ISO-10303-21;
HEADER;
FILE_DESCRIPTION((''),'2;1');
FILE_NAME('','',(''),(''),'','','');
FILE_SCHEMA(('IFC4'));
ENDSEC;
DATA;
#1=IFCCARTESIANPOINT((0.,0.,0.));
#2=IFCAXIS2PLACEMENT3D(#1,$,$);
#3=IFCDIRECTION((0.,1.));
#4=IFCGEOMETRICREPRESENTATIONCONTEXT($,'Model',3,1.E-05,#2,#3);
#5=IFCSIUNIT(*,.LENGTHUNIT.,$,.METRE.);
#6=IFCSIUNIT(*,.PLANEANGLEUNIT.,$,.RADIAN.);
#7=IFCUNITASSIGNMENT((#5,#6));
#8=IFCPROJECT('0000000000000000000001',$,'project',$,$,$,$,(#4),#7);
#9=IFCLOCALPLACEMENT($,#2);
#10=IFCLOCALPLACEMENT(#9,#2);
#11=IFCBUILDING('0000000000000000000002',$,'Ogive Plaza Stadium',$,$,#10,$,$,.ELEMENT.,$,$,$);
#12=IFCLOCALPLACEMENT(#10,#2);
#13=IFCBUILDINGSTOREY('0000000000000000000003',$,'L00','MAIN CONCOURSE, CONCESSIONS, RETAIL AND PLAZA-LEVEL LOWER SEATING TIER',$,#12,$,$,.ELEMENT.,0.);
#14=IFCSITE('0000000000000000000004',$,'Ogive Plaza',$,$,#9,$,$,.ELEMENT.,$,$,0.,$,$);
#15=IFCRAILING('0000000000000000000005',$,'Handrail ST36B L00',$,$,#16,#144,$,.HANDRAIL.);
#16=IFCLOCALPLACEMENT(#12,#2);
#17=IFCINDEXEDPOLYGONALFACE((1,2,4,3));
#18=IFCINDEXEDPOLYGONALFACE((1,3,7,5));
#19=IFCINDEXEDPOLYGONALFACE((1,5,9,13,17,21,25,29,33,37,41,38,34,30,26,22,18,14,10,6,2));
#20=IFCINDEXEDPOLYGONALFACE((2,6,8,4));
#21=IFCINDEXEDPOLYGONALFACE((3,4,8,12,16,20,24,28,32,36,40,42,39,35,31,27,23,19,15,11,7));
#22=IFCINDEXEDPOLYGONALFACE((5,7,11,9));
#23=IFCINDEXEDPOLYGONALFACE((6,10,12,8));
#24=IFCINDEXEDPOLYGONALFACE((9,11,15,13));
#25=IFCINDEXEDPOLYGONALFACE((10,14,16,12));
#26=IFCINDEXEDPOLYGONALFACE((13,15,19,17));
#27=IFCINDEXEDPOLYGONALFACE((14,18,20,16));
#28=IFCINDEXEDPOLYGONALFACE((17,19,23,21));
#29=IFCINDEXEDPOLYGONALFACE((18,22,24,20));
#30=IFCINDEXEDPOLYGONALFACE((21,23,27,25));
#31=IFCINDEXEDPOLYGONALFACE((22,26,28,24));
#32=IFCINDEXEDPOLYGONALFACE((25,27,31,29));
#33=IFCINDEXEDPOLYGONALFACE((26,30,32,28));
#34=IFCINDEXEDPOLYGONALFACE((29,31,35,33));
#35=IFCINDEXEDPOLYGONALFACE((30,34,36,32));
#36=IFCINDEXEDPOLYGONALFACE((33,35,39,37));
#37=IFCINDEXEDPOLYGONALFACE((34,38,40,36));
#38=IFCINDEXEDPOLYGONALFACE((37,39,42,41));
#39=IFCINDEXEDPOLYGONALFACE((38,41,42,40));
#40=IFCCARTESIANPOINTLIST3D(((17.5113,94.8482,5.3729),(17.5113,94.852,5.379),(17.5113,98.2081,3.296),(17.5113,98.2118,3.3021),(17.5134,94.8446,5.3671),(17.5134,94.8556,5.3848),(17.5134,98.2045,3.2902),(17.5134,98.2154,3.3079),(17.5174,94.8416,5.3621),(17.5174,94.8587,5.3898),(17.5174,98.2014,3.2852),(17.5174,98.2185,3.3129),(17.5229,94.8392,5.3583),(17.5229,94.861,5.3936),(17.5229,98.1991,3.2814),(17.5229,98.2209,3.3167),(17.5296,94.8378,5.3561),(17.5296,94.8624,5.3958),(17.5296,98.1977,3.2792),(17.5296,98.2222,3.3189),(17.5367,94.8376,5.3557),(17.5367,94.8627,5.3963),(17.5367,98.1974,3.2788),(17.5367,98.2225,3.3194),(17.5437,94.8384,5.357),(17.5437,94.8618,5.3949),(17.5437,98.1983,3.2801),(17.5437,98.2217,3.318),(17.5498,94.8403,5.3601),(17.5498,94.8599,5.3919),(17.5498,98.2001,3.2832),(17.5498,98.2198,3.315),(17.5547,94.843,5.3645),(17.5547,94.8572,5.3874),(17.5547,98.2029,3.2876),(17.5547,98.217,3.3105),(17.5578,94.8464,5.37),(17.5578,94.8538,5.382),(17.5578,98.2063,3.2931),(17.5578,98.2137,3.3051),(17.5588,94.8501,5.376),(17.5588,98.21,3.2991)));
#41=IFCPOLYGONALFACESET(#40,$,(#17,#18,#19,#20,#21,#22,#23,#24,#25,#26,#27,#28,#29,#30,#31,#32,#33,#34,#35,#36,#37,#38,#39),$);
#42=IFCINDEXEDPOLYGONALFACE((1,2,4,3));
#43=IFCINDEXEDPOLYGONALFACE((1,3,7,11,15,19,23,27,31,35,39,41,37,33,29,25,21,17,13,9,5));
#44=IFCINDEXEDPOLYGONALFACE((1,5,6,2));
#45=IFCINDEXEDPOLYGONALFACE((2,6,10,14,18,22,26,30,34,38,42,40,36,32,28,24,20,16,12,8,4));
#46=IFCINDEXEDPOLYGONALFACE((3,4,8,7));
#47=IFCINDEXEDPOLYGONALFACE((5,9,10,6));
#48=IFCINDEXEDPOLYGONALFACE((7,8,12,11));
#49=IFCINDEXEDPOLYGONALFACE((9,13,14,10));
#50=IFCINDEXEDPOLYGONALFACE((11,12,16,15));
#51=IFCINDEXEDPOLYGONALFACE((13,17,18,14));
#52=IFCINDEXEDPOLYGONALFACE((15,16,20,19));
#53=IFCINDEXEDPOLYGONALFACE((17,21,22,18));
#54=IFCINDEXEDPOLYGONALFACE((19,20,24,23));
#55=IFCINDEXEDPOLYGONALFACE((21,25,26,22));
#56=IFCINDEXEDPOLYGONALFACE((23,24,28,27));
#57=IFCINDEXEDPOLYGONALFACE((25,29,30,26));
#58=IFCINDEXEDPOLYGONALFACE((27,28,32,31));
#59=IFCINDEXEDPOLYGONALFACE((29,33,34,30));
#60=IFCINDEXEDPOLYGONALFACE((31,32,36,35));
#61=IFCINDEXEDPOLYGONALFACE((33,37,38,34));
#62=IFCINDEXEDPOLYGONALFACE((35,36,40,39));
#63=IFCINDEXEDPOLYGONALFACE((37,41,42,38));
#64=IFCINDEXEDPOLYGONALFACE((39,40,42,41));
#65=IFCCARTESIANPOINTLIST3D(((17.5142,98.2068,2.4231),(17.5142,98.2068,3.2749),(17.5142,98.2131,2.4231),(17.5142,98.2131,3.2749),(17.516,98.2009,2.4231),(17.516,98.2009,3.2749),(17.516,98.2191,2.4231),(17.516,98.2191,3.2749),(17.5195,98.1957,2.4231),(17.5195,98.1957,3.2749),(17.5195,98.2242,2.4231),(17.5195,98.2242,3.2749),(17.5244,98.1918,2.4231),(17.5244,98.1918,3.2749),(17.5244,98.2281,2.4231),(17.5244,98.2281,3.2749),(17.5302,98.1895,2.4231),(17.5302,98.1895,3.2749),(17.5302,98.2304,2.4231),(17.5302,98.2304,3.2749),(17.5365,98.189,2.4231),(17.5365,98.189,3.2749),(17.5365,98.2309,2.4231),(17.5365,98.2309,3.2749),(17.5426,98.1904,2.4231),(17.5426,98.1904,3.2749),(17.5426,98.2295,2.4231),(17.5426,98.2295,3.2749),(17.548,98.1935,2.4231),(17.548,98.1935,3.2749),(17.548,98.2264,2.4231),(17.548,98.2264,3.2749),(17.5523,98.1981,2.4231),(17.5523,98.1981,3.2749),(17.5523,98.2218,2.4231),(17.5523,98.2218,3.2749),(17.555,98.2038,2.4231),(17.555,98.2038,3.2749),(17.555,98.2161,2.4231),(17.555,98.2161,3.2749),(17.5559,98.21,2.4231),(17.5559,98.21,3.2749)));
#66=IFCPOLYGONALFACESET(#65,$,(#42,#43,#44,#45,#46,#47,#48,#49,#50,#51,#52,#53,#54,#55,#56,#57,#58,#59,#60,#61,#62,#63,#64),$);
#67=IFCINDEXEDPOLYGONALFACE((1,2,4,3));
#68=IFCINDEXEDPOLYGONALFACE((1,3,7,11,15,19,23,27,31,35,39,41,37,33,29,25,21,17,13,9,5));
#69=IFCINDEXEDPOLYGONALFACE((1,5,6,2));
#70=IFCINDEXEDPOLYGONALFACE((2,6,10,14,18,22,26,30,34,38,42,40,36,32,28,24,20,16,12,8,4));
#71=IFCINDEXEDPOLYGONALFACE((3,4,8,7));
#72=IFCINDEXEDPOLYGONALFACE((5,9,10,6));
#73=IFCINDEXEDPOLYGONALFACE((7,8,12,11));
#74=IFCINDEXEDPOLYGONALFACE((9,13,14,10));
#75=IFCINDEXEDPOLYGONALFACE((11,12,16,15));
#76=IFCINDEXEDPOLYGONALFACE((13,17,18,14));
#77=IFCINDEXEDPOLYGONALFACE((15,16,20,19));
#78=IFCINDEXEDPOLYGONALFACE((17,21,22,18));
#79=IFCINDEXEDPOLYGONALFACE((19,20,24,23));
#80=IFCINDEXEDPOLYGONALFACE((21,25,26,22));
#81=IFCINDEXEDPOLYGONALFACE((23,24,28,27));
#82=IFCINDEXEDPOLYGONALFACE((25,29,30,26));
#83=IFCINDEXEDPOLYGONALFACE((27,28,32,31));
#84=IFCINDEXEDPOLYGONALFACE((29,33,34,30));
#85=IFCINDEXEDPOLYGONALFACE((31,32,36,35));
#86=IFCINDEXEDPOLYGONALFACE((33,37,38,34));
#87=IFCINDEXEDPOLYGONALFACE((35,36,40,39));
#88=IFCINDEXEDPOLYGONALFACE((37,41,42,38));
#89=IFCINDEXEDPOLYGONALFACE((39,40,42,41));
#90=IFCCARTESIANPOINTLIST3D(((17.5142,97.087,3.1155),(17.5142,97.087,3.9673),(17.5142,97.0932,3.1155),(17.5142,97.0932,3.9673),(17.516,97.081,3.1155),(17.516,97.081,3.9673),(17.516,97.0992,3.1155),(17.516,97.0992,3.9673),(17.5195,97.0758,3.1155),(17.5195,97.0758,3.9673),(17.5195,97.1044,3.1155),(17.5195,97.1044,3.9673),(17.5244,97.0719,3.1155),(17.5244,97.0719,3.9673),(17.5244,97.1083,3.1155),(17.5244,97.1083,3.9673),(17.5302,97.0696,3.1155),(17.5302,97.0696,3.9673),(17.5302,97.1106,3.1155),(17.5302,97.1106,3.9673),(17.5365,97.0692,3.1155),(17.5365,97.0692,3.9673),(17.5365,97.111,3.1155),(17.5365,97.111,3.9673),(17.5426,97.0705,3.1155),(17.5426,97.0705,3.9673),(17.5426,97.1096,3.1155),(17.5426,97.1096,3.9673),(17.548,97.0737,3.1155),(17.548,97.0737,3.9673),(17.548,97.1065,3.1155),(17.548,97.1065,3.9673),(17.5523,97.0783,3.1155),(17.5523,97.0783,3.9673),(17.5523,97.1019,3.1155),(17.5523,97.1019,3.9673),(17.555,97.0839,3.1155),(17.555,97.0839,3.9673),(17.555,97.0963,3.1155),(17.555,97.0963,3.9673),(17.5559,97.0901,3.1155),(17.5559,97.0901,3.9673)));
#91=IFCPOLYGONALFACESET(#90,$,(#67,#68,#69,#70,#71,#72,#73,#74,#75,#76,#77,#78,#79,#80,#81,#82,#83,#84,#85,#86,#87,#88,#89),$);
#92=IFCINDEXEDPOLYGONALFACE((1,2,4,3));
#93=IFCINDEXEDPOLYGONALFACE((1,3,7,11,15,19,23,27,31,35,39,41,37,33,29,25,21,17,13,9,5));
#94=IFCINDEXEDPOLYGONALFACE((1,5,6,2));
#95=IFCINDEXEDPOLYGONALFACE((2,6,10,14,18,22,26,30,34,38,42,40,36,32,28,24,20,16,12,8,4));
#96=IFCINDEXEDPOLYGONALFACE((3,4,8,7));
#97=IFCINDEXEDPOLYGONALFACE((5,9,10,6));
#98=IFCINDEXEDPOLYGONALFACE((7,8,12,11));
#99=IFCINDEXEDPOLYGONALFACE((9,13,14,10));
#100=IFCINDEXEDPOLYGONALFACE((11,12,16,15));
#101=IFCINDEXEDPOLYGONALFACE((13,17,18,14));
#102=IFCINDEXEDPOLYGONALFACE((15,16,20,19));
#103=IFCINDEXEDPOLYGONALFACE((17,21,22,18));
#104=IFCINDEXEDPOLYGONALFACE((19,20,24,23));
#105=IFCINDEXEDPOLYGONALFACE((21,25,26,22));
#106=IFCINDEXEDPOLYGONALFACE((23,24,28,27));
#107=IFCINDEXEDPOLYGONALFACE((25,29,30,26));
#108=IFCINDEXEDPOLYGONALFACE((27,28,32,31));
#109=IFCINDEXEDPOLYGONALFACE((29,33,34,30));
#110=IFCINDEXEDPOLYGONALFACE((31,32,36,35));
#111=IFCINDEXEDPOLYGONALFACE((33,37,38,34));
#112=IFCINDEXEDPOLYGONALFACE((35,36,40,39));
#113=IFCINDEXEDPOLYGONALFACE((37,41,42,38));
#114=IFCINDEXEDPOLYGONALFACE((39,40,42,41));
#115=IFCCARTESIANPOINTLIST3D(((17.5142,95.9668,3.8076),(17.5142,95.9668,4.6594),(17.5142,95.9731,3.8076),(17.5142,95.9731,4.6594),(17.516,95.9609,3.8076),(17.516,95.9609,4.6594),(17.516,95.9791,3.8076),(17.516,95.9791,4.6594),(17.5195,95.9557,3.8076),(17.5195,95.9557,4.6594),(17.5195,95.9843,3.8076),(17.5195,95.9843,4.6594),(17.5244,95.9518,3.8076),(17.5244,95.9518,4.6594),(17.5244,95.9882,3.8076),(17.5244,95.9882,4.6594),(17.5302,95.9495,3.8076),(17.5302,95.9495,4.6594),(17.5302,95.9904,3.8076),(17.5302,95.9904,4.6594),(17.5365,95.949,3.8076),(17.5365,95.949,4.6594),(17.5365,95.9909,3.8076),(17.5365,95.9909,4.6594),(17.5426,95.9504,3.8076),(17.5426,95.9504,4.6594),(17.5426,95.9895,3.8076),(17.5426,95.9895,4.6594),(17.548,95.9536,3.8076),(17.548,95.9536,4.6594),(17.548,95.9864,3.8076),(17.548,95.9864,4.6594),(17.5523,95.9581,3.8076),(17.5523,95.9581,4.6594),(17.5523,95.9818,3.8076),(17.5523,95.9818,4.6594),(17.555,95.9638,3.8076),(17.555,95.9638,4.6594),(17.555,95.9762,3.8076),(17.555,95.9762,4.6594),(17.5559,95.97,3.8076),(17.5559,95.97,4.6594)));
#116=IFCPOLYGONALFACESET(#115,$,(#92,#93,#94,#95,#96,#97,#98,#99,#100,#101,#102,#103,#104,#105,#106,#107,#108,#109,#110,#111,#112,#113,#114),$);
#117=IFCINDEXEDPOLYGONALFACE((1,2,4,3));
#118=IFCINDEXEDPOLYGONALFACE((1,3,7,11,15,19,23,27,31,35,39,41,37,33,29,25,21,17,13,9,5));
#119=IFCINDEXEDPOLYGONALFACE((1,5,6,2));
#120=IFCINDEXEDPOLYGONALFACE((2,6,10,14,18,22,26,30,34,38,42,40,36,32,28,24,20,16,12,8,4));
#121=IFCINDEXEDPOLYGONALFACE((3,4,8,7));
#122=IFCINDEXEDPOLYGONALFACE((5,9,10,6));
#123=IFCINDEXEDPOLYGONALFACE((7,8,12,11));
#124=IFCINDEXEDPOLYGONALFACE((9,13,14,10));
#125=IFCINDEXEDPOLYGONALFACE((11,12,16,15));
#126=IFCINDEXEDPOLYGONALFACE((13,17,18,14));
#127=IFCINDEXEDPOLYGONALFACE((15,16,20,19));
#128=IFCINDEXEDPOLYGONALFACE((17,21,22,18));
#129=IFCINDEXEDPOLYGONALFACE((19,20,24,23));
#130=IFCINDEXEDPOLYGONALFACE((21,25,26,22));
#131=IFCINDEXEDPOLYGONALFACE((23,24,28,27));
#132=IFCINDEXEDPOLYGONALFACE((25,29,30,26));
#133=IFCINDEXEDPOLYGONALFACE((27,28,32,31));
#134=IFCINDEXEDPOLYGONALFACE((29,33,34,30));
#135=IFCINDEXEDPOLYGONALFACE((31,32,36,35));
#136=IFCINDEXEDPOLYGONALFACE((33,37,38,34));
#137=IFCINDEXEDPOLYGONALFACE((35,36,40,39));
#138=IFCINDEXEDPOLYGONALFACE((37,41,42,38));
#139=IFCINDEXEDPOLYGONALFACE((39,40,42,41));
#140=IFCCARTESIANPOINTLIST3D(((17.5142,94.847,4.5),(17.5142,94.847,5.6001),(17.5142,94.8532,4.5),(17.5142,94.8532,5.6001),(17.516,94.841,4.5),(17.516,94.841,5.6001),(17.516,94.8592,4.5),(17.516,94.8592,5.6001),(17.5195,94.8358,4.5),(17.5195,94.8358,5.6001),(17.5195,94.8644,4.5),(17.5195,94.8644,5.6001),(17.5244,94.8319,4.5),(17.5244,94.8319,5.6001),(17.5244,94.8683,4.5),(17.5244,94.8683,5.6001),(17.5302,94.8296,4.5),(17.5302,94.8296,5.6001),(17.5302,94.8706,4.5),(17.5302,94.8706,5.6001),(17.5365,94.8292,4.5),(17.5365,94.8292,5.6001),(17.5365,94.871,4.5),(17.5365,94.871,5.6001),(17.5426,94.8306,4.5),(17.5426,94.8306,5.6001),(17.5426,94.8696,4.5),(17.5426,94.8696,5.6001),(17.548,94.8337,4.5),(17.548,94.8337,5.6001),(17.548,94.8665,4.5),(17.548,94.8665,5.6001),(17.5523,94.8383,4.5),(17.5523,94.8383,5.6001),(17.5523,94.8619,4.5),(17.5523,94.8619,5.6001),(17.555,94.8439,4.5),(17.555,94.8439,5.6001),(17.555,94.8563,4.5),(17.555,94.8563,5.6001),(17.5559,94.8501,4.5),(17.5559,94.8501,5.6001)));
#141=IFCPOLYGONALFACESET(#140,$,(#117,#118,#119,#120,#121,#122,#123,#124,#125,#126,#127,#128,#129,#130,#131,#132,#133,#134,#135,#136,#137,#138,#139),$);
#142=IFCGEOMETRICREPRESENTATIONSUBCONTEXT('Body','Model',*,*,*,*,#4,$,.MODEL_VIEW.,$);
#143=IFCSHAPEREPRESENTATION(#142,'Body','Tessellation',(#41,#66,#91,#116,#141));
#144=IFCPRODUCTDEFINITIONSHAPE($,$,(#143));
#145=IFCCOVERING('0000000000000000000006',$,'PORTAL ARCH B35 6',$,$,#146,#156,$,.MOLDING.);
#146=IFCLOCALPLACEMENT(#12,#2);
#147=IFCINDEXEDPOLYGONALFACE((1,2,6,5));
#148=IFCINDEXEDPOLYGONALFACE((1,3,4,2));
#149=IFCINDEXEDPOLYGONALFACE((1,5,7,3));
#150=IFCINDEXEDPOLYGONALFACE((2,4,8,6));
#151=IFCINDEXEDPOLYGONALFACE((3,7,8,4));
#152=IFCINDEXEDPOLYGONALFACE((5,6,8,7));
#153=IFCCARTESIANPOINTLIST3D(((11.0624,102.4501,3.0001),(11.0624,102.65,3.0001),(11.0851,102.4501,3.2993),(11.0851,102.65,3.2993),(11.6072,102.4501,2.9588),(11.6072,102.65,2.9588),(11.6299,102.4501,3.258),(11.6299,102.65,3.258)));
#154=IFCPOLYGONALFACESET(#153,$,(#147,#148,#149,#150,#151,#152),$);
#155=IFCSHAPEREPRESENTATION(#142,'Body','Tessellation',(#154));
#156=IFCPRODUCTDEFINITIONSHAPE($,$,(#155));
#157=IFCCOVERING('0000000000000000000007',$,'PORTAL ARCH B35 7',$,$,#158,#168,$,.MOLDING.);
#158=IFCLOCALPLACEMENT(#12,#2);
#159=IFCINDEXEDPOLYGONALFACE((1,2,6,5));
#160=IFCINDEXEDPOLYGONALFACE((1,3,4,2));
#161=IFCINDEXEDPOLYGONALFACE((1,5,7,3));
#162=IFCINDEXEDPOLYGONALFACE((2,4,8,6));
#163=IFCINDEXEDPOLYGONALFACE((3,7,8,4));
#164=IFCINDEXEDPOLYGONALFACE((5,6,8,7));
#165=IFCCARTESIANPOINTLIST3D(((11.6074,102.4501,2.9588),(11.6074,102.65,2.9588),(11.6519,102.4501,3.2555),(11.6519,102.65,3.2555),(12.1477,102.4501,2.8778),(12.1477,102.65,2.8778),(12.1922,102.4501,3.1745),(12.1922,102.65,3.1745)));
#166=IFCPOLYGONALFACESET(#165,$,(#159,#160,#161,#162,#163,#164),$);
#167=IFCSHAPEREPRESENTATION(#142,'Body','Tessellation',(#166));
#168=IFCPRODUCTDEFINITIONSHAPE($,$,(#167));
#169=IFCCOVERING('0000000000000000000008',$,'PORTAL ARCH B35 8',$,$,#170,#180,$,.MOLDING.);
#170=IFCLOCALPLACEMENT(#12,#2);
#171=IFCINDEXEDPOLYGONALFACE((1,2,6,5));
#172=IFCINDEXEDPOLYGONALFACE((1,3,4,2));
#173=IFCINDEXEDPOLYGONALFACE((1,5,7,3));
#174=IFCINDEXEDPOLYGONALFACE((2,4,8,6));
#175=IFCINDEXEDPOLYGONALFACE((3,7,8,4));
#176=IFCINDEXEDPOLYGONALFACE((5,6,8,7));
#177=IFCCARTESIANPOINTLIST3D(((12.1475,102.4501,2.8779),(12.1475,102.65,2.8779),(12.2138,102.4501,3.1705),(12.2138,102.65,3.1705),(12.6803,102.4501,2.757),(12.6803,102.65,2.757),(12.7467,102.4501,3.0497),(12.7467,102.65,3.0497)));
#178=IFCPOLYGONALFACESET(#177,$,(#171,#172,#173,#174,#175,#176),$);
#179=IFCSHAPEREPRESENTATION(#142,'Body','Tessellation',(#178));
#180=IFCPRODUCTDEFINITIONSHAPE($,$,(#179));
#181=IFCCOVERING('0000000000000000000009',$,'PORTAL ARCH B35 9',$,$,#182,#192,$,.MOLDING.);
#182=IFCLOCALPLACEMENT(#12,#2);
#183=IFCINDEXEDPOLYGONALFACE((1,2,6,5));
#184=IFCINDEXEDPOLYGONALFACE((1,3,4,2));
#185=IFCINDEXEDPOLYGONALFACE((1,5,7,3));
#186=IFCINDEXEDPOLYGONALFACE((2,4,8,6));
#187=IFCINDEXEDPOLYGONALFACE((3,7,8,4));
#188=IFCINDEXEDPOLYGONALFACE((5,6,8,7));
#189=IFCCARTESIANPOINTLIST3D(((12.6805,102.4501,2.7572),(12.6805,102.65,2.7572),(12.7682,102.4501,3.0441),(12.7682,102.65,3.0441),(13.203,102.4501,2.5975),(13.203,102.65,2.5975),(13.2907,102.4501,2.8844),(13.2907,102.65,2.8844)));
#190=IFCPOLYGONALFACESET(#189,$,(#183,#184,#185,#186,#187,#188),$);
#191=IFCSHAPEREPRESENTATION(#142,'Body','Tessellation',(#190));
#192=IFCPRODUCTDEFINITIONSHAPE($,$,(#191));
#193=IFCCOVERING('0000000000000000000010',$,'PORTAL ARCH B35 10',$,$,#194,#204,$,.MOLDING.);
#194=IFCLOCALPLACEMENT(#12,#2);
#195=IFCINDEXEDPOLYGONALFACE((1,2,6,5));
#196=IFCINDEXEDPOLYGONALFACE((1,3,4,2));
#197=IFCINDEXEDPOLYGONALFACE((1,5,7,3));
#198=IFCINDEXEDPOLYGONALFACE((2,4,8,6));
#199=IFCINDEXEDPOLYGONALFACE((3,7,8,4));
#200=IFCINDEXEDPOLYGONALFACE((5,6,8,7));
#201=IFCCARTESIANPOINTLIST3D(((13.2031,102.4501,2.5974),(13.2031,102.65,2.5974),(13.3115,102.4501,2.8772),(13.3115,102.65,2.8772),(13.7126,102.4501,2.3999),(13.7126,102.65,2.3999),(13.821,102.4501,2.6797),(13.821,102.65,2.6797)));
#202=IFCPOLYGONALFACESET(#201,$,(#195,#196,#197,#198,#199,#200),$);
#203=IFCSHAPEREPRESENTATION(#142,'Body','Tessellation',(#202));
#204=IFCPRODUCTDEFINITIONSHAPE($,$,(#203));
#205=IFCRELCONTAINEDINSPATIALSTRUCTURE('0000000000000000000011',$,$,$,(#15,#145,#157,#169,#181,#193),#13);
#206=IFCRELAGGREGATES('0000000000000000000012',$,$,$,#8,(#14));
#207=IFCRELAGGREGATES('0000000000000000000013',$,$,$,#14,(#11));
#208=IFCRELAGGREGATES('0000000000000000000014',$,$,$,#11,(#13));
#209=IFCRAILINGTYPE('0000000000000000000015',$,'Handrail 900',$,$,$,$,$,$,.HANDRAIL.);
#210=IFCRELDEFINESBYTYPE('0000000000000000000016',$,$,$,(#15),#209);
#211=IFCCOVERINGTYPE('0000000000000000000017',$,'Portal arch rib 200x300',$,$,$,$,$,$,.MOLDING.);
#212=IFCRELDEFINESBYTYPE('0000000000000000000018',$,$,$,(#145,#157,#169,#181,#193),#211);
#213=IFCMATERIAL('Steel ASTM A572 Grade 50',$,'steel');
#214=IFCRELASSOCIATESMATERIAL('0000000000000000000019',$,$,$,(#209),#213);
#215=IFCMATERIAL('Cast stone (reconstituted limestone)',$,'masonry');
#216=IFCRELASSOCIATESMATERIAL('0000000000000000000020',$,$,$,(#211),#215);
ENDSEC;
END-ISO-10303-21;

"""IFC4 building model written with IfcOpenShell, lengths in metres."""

from ifc_helpers import new_model, si_unit, direction, frame, origin, origin_2d, place, context, subcontext, project, spatial, rectangle, circle, extrude, material, material_profile, profile_set, type_object, element, save


model = new_model("IFC4")

# Units and contexts
model_context = context("Model", 3, precision=1e-05, world=origin(), true_north=direction((0.0, 1.0)))
body_context = subcontext(model_context, "Body", "Model", "MODEL_VIEW")
ifc_project = project(units=[si_unit("LENGTHUNIT", "METRE"), si_unit("PLANEANGLEUNIT", "RADIAN")], contexts=[model_context])

# Site, building, storey
site_placement = place(None, origin())
site = spatial("IfcSite", under=ifc_project, at=site_placement, Name="Ogive Plaza", CompositionType="ELEMENT", RefElevation=0.0)
building_placement = place(site_placement, origin())
building = spatial("IfcBuilding", under=site, at=building_placement, Name="Ogive Plaza Stadium", CompositionType="ELEMENT")
storey_placement = place(building_placement, origin())
storey = spatial("IfcBuildingStorey", under=building, at=storey_placement, Name="L00", Description="MAIN CONCOURSE, CONCESSIONS, RETAIL AND PLAZA-LEVEL LOWER SEATING TIER", CompositionType="ELEMENT", Elevation=0.0)

# Railing
ifc_material_1 = material(Name="Steel ASTM A572 Grade 50", Category="steel")
railing_type_1 = type_object("IfcRailingType", Name="Handrail 900", PredefinedType="HANDRAIL", material=ifc_material_1)
for number, where, name in (
    (1, (17.5349, 98.21, 2.4231), "Handrail ST36B L00"),
):
    element("IfcRailing", number, at=place(storey_placement, frame(where)), inside=storey, type_object=railing_type_1, Name=name, PredefinedType="HANDRAIL", context=body_context, shape_type="SweptSolid", body=[
        extrude(circle(Radius=0.0239, at=origin_2d()), frame((0.0, 0.0, 0.876), z_axis=(0.0, -0.850606, 0.525803), x_axis=(1.0, 0.0, 0.0)), (0.0, 0.0, 1.0), 3.95),
        extrude(circle(Radius=0.021, at=origin_2d()), origin(), (0.0, 0.0, 1.0), 0.8518),
        extrude(circle(Radius=0.021, at=origin_2d()), frame((0.0, -1.1199, 0.6924)), (0.0, 0.0, 1.0), 0.8518),
        extrude(circle(Radius=0.021, at=origin_2d()), frame((0.0, -2.24, 1.3845)), (0.0, 0.0, 1.0), 0.8518),
        extrude(circle(Radius=0.021, at=origin_2d()), frame((0.0, -3.3599, 2.0769)), (0.0, 0.0, 1.0), 1.1001),
    ])

# Coverings
ifc_material_2 = material(Name="Cast stone (reconstituted limestone)", Category="masonry")
ifc_material_profile_1 = material_profile(ifc_material_2, rectangle(XDim=0.2, YDim=0.3, at=origin_2d()), Name="Cast stone 200x300")
ifc_profile_set_1 = profile_set([ifc_material_profile_1], Name="Cast stone (reconstituted limestone)")
covering_type = type_object("IfcCoveringType", Name="Portal arch rib 200x300", PredefinedType="MOLDING", material=ifc_profile_set_1)
for number, where, z_axis, x_axis, name in (
    (2, (11.0737, 102.55, 3.1497), (0.997146, 0.0, -0.075501), (0.0, 1.0, 0.0), "PORTAL ARCH B35 6"),
    (3, (11.6296, 102.55, 3.1072), (0.988933, 0.0, -0.148362), (0.0, 1.0, 0.0), "PORTAL ARCH B35 7"),
    (4, (12.1807, 102.55, 3.0242), (0.975242, 0.0, -0.221138), (0.0, 1.0, 0.0), "PORTAL ARCH B35 8"),
    (5, (12.7244, 102.55, 2.9006), (0.956338, 0.0, -0.292264), (0.0, 1.0, 0.0), "PORTAL ARCH B35 9"),
    (6, (13.2573, 102.55, 2.7373), (0.932398, 0.0, -0.361433), (0.0, 1.0, 0.0), "PORTAL ARCH B35 10"),
):
    element("IfcCovering", number, at=place(storey_placement, frame(where, z_axis=z_axis, x_axis=x_axis)), inside=storey, type_object=covering_type, Name=name, PredefinedType="MOLDING", context=body_context, shape_type="SweptSolid", body=[
        extrude(rectangle(XDim=0.2, YDim=0.3, at=origin_2d()), origin(), (0.0, 0.0, 1.0), 0.5464),
    ])

save(model, "model.ifc")
